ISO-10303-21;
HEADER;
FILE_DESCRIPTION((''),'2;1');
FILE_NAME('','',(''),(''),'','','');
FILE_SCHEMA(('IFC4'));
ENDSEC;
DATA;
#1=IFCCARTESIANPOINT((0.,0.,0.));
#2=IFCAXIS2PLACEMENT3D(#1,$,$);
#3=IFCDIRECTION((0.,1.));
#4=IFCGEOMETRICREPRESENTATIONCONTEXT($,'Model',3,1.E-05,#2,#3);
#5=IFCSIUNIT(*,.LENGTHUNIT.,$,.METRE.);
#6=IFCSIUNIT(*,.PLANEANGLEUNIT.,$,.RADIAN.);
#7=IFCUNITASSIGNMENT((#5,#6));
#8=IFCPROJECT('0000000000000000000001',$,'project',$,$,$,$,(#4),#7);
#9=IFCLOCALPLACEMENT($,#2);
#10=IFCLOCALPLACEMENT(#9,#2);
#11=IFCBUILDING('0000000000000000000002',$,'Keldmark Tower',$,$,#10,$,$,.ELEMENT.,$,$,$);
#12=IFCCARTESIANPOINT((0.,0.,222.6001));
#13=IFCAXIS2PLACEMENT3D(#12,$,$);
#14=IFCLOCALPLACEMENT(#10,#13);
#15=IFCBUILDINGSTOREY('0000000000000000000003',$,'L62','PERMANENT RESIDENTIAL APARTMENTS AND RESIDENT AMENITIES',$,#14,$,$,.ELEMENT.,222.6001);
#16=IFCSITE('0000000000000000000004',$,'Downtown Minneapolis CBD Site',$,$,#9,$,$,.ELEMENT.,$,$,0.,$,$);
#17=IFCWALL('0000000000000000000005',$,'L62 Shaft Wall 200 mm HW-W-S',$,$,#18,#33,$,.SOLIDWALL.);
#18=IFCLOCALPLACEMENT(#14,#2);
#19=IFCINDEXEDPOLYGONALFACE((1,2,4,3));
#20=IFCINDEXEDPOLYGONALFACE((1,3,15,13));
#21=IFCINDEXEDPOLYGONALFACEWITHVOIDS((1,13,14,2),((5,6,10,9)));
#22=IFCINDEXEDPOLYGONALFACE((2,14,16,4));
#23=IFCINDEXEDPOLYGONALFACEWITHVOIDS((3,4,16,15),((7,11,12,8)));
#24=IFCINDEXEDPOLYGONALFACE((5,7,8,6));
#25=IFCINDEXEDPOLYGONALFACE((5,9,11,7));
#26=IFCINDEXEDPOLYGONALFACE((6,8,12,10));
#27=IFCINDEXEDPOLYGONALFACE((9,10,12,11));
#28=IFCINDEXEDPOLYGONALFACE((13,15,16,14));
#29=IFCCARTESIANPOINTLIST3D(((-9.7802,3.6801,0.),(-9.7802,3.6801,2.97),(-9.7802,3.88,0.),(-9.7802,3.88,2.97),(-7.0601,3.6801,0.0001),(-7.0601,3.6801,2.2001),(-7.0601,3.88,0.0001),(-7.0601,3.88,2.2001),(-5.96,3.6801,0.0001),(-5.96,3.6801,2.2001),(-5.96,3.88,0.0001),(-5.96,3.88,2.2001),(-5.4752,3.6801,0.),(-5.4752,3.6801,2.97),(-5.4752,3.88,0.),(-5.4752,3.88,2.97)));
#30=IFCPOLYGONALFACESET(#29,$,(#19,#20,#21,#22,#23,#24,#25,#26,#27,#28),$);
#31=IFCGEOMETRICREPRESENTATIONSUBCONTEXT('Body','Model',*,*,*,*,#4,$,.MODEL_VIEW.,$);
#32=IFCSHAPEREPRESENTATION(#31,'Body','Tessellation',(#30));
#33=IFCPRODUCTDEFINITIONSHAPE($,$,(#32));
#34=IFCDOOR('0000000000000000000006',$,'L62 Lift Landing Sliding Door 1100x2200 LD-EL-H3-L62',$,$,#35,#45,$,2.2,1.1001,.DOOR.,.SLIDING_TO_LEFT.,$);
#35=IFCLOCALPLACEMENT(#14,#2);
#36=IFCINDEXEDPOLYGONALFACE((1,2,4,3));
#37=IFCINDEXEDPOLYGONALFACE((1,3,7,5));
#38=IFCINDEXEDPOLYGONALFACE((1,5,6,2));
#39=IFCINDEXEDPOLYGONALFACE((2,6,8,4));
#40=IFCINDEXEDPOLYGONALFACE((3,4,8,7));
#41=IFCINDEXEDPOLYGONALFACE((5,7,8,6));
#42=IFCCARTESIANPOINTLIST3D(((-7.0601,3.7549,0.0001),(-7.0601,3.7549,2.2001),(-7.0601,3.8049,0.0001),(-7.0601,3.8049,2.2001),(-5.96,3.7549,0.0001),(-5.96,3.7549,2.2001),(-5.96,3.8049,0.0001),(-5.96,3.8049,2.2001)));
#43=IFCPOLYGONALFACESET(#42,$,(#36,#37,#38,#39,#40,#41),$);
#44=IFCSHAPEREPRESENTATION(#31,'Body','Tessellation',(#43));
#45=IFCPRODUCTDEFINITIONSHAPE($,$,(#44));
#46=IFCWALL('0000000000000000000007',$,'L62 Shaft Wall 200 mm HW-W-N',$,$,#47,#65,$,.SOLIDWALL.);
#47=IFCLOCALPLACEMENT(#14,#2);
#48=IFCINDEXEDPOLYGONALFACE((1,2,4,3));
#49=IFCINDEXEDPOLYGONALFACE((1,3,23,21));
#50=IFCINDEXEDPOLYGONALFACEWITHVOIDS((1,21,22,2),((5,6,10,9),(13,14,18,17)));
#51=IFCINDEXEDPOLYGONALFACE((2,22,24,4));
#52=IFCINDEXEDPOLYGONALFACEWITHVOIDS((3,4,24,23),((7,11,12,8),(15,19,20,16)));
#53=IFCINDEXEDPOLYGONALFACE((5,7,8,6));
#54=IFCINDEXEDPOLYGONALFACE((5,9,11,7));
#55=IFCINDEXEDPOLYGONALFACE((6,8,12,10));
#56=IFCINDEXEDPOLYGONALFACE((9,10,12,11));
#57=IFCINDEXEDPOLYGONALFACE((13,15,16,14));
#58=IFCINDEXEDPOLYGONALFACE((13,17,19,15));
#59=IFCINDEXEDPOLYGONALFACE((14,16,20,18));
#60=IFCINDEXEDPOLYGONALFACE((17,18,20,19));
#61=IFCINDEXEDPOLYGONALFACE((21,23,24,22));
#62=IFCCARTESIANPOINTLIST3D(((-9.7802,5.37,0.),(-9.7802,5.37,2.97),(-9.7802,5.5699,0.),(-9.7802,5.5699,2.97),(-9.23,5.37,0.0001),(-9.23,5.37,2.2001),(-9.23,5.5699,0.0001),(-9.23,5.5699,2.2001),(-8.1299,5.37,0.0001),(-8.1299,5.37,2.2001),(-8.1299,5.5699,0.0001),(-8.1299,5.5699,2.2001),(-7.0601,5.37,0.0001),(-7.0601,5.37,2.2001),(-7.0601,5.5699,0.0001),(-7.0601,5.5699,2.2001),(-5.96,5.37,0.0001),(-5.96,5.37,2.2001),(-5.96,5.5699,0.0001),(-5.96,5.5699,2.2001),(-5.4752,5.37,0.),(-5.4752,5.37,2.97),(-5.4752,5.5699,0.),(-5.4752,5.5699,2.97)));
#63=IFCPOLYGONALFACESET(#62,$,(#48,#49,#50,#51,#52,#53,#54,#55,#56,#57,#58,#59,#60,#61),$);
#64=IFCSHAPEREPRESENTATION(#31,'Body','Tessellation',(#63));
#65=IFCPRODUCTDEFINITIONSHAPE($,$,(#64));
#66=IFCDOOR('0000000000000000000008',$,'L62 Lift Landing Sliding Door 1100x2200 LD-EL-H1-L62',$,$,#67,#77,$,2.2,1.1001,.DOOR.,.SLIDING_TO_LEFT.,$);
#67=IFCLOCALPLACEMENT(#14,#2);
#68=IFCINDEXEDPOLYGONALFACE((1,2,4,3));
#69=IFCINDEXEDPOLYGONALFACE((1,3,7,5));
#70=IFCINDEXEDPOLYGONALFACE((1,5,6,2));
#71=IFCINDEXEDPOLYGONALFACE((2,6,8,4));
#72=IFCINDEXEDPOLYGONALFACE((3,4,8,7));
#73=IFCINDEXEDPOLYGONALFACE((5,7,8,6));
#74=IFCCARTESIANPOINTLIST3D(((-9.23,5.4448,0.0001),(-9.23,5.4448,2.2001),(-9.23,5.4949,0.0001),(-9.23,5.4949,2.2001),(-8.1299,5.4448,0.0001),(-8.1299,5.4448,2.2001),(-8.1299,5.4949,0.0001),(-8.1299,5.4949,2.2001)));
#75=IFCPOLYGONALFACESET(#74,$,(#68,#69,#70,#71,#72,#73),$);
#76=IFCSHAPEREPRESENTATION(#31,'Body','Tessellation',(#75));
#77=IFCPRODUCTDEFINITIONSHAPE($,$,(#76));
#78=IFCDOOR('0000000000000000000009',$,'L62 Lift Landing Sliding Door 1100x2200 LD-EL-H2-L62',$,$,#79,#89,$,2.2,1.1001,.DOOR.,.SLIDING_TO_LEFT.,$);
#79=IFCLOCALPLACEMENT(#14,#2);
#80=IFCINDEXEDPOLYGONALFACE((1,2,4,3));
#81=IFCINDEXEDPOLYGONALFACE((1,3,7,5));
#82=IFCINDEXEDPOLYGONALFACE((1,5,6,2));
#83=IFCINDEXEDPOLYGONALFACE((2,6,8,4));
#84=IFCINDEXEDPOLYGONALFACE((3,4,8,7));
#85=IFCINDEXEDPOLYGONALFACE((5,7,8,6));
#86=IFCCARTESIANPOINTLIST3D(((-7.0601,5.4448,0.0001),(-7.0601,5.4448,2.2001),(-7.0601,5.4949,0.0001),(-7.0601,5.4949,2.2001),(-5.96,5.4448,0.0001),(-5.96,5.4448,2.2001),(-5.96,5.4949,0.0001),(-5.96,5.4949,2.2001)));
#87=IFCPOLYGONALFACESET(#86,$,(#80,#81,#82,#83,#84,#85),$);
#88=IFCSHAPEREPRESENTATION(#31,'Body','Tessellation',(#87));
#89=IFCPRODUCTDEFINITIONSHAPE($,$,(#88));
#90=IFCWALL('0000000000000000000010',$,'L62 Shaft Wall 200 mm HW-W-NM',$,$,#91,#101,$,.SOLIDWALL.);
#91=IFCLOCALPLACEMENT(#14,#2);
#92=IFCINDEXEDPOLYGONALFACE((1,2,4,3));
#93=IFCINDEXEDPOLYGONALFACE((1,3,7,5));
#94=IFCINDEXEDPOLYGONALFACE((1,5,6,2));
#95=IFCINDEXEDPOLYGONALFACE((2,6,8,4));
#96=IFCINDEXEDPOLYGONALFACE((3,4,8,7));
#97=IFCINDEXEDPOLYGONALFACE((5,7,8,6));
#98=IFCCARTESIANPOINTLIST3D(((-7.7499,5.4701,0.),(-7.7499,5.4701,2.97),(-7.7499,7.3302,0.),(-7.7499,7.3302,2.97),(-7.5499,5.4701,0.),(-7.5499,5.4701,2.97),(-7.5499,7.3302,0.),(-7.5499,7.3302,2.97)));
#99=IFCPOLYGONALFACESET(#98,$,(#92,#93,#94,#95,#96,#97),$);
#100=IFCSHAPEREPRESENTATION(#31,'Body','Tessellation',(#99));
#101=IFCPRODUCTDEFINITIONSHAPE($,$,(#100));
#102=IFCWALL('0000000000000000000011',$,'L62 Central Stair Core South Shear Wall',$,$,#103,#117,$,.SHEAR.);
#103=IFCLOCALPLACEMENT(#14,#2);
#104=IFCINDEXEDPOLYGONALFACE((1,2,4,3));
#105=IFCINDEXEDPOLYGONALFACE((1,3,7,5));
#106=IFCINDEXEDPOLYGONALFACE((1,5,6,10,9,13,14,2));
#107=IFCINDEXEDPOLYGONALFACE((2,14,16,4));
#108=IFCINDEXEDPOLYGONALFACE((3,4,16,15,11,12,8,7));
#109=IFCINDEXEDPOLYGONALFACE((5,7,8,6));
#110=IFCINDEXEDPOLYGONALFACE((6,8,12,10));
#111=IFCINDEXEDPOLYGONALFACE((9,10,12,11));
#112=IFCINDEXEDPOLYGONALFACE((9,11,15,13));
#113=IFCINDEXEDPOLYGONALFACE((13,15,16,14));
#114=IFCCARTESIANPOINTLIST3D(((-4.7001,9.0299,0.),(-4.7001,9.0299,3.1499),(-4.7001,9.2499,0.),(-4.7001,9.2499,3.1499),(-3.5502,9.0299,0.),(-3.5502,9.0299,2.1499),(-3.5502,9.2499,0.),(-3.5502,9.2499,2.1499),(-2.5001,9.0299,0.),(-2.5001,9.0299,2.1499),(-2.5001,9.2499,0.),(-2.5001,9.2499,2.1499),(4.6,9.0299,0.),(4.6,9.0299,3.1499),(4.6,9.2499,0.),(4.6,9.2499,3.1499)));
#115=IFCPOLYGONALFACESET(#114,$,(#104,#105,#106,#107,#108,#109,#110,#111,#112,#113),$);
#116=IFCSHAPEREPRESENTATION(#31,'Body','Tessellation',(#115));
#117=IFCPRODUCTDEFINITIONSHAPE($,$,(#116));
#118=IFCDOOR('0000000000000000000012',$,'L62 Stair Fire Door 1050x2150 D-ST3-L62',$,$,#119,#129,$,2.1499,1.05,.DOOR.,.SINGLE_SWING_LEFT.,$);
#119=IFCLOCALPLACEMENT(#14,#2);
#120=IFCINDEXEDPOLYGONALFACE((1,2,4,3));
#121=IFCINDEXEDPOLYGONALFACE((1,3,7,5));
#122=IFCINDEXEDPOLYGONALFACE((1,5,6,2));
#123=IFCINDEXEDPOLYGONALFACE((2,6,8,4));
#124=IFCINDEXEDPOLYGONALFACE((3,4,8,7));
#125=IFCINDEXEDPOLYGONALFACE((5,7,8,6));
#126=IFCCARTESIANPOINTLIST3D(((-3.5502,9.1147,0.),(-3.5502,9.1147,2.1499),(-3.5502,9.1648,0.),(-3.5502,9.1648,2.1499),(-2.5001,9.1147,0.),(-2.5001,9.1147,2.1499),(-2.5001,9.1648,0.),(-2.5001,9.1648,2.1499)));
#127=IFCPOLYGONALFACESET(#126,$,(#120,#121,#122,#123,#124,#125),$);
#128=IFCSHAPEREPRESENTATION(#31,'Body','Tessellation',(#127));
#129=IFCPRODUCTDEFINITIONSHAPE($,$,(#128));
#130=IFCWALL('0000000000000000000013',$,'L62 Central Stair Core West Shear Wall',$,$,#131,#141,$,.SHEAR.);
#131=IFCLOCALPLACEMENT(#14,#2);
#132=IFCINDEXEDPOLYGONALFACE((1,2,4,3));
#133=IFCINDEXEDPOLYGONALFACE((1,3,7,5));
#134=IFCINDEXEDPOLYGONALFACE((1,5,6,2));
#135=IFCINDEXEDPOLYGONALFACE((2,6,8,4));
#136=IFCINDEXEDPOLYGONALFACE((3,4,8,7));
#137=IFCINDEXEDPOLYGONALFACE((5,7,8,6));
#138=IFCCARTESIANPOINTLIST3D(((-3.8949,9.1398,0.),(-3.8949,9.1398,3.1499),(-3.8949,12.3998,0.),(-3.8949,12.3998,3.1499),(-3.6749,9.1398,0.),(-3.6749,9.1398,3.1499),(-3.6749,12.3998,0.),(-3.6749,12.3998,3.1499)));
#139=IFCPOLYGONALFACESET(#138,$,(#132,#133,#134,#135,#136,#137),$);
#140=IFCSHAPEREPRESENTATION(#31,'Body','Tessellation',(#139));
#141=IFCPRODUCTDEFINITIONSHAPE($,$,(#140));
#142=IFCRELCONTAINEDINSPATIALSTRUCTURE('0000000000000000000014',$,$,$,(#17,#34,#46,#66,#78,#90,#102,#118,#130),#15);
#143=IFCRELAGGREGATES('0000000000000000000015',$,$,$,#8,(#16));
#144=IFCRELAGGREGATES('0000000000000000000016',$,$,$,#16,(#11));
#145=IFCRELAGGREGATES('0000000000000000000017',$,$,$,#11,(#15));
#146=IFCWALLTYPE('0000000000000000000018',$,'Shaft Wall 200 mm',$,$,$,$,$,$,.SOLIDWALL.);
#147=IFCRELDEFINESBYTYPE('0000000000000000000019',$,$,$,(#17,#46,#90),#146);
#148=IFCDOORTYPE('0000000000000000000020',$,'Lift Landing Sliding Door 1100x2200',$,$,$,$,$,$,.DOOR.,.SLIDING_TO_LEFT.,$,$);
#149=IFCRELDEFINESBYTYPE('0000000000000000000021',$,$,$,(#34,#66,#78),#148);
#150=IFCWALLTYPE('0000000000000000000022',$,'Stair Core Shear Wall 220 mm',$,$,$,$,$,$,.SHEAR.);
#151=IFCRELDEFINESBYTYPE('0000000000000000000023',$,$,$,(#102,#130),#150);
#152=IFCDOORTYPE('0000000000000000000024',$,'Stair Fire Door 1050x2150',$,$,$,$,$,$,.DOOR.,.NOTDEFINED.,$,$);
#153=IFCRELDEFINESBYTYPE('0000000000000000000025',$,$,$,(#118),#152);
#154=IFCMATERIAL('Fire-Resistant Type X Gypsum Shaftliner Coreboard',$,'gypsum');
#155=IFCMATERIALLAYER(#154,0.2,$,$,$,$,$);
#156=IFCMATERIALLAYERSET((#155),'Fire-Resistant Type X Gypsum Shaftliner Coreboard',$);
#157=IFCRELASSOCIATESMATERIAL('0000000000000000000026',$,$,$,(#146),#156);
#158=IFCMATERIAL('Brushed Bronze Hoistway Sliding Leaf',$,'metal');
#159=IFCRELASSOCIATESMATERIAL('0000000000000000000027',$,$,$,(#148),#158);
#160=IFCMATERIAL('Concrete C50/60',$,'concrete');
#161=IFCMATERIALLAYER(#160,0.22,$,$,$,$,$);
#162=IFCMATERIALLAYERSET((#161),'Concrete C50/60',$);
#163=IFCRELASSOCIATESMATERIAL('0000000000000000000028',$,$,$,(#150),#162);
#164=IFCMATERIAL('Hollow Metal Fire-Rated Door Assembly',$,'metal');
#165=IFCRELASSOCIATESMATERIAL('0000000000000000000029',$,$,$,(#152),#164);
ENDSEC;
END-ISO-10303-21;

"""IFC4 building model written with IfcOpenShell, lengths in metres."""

from ifc_helpers import new_model, si_unit, direction, frame, frame_2d, origin, place, context, subcontext, project, spatial, rectangle, extrude, material, layer, layer_set, type_object, element, fill, save


model = new_model("IFC4")

# Units and contexts
model_context = context("Model", 3, precision=1e-05, world=origin(), true_north=direction((0.0, 1.0)))
body_context = subcontext(model_context, "Body", "Model", "MODEL_VIEW")
ifc_project = project(units=[si_unit("LENGTHUNIT", "METRE"), si_unit("PLANEANGLEUNIT", "RADIAN")], contexts=[model_context])

# Site, building, storey
site_placement = place(None, origin())
site = spatial("IfcSite", under=ifc_project, at=site_placement, Name="Downtown Minneapolis CBD Site", CompositionType="ELEMENT", RefElevation=0.0)
building_placement = place(site_placement, origin())
building = spatial("IfcBuilding", under=site, at=building_placement, Name="Keldmark Tower", CompositionType="ELEMENT")
storey_placement = place(building_placement, frame((0.0, 0.0, 222.6001)))
storey = spatial("IfcBuildingStorey", under=building, at=storey_placement, Name="L62", Description="PERMANENT RESIDENTIAL APARTMENTS AND RESIDENT AMENITIES", CompositionType="ELEMENT", Elevation=222.6001)

# Wall, opening, door
ifc_material_1 = material(Name="Fire-Resistant Type X Gypsum Shaftliner Coreboard", Category="gypsum")
ifc_layer_1 = layer(ifc_material_1, 0.2)
ifc_layer_set_1 = layer_set([ifc_layer_1], Name="Fire-Resistant Type X Gypsum Shaftliner Coreboard")
wall_type_1 = type_object("IfcWallType", Name="Shaft Wall 200 mm", PredefinedType="SOLIDWALL", material=ifc_layer_set_1)
wall_1_placement = place(storey_placement, frame((-9.78, 3.78, 0.0), z_axis=(0.0, 0.0, 1.0), x_axis=(1.0, 0.0, 0.0)))
wall_1 = element("IfcWall", 1, at=wall_1_placement, inside=storey, type_object=wall_type_1, Name="L62 Shaft Wall 200 mm HW-W-S", PredefinedType="SOLIDWALL", context=body_context, shape_type="SweptSolid", body=[
    extrude(rectangle(XDim=4.3049, YDim=0.2, at=frame_2d((2.1523, 0.0))), origin(), (0.0, 0.0, 1.0), 2.97),
])
opening_1_placement = place(wall_1_placement, frame((2.72, 0.0, 0.0)))
opening_1 = element("IfcOpeningElement", 2, at=opening_1_placement, cuts=wall_1, PredefinedType="OPENING", context=body_context, shape_type="SweptSolid", body=[
    extrude(rectangle(XDim=1.1001, YDim=2.2, at=frame_2d((0.55, 1.1001))), frame((0.0, 0.1099, 0.0), z_axis=(0.0, -1.0, 0.0), x_axis=(1.0, 0.0, 0.0)), (0.0, 0.0, 1.0), 0.22),
])
ifc_material_2 = material(Name="Brushed Bronze Hoistway Sliding Leaf", Category="metal")
door_type_1 = type_object("IfcDoorType", Name="Lift Landing Sliding Door 1100x2200", OperationType="SLIDING_TO_LEFT", PredefinedType="DOOR", material=ifc_material_2)
door_1_placement = place(opening_1_placement, origin())
door_1 = element("IfcDoor", 3, at=door_1_placement, inside=storey, type_object=door_type_1, Name="L62 Lift Landing Sliding Door 1100x2200 LD-EL-H3-L62", OperationType="SLIDING_TO_LEFT", OverallHeight=2.2, OverallWidth=1.1001, PredefinedType="DOOR", context=body_context, shape_type="SweptSolid", body=[
    extrude(rectangle(XDim=1.1001, YDim=2.2, at=frame_2d((0.55, 1.1001))), frame((0.0, 0.0249, 0.0), z_axis=(0.0, -1.0, 0.0), x_axis=(1.0, 0.0, 0.0)), (0.0, 0.0, 1.0), 0.05),
])
fill(opening_1, door_1)

# Wall, openings, doors
wall_2_placement = place(storey_placement, frame((-9.78, 5.47, 0.0), z_axis=(0.0, 0.0, 1.0), x_axis=(1.0, 0.0, 0.0)))
wall_2 = element("IfcWall", 4, at=wall_2_placement, inside=storey, type_object=wall_type_1, Name="L62 Shaft Wall 200 mm HW-W-N", PredefinedType="SOLIDWALL", context=body_context, shape_type="SweptSolid", body=[
    extrude(rectangle(XDim=4.3049, YDim=0.2, at=frame_2d((2.1523, 0.0))), origin(), (0.0, 0.0, 1.0), 2.97),
])
opening_2_placement = place(wall_2_placement, frame((0.55, 0.0, 0.0)))
opening_2 = element("IfcOpeningElement", 5, at=opening_2_placement, cuts=wall_2, PredefinedType="OPENING", context=body_context, shape_type="SweptSolid", body=[
    extrude(rectangle(XDim=1.1001, YDim=2.2, at=frame_2d((0.55, 1.1001))), frame((0.0, 0.1099, 0.0), z_axis=(0.0, -1.0, 0.0), x_axis=(1.0, 0.0, 0.0)), (0.0, 0.0, 1.0), 0.22),
])
opening_3_placement = place(wall_2_placement, frame((2.72, 0.0, 0.0)))
opening_3 = element("IfcOpeningElement", 6, at=opening_3_placement, cuts=wall_2, PredefinedType="OPENING", context=body_context, shape_type="SweptSolid", body=[
    extrude(rectangle(XDim=1.1001, YDim=2.2, at=frame_2d((0.55, 1.1001))), frame((0.0, 0.1099, 0.0), z_axis=(0.0, -1.0, 0.0), x_axis=(1.0, 0.0, 0.0)), (0.0, 0.0, 1.0), 0.22),
])
door_2_placement = place(opening_2_placement, origin())
door_2 = element("IfcDoor", 7, at=door_2_placement, inside=storey, type_object=door_type_1, Name="L62 Lift Landing Sliding Door 1100x2200 LD-EL-H1-L62", OperationType="SLIDING_TO_LEFT", OverallHeight=2.2, OverallWidth=1.1001, PredefinedType="DOOR", context=body_context, shape_type="SweptSolid", body=[
    extrude(rectangle(XDim=1.1001, YDim=2.2, at=frame_2d((0.55, 1.1001))), frame((0.0, 0.0249, 0.0), z_axis=(0.0, -1.0, 0.0), x_axis=(1.0, 0.0, 0.0)), (0.0, 0.0, 1.0), 0.05),
])
fill(opening_2, door_2)
door_3_placement = place(opening_3_placement, origin())
door_3 = element("IfcDoor", 8, at=door_3_placement, inside=storey, type_object=door_type_1, Name="L62 Lift Landing Sliding Door 1100x2200 LD-EL-H2-L62", OperationType="SLIDING_TO_LEFT", OverallHeight=2.2, OverallWidth=1.1001, PredefinedType="DOOR", context=body_context, shape_type="SweptSolid", body=[
    extrude(rectangle(XDim=1.1001, YDim=2.2, at=frame_2d((0.55, 1.1001))), frame((0.0, 0.0249, 0.0), z_axis=(0.0, -1.0, 0.0), x_axis=(1.0, 0.0, 0.0)), (0.0, 0.0, 1.0), 0.05),
])
fill(opening_3, door_3)

# Wall
wall_3_placement = place(storey_placement, frame((-7.6499, 5.47, 0.0), z_axis=(0.0, 0.0, 1.0), x_axis=(0.0, 1.0, 0.0)))
element("IfcWall", 9, at=wall_3_placement, inside=storey, type_object=wall_type_1, Name="L62 Shaft Wall 200 mm HW-W-NM", PredefinedType="SOLIDWALL", context=body_context, shape_type="SweptSolid", body=[
    extrude(rectangle(XDim=1.8601, YDim=0.2, at=frame_2d((0.9302, 0.0))), origin(), (0.0, 0.0, 1.0), 2.97),
])

# Wall, opening, door
ifc_material_3 = material(Name="Concrete C50/60", Category="concrete")
ifc_layer_2 = layer(ifc_material_3, 0.22)
ifc_layer_set_2 = layer_set([ifc_layer_2], Name="Concrete C50/60")
wall_type_2 = type_object("IfcWallType", Name="Stair Core Shear Wall 220 mm", PredefinedType="SHEAR", material=ifc_layer_set_2)
wall_4_placement = place(storey_placement, frame((-4.7, 9.1399, 0.0), z_axis=(0.0, 0.0, 1.0), x_axis=(1.0, 0.0, 0.0)))
wall_4 = element("IfcWall", 10, at=wall_4_placement, inside=storey, type_object=wall_type_2, Name="L62 Central Stair Core South Shear Wall", PredefinedType="SHEAR", context=body_context, shape_type="SweptSolid", body=[
    extrude(rectangle(XDim=9.3, YDim=0.22, at=frame_2d((4.6499, 0.0))), origin(), (0.0, 0.0, 1.0), 3.1499),
])
opening_4_placement = place(wall_4_placement, frame((1.1499, 0.0, 0.0)))
opening_4 = element("IfcOpeningElement", 11, at=opening_4_placement, cuts=wall_4, PredefinedType="OPENING", context=body_context, shape_type="SweptSolid", body=[
    extrude(rectangle(XDim=1.05, YDim=2.1499, at=frame_2d((0.5249, 1.075))), frame((0.0, 0.1199, 0.0), z_axis=(0.0, -1.0, 0.0), x_axis=(1.0, 0.0, 0.0)), (0.0, 0.0, 1.0), 0.24),
])
ifc_material_4 = material(Name="Hollow Metal Fire-Rated Door Assembly", Category="metal")
door_type_2 = type_object("IfcDoorType", Name="Stair Fire Door 1050x2150", OperationType="NOTDEFINED", PredefinedType="DOOR", material=ifc_material_4)
door_4_placement = place(opening_4_placement, origin())
door_4 = element("IfcDoor", 12, at=door_4_placement, inside=storey, type_object=door_type_2, Name="L62 Stair Fire Door 1050x2150 D-ST3-L62", OperationType="SINGLE_SWING_LEFT", OverallHeight=2.1499, OverallWidth=1.05, PredefinedType="DOOR", context=body_context, shape_type="SweptSolid", body=[
    extrude(rectangle(XDim=1.05, YDim=2.1499, at=frame_2d((0.5249, 1.075))), frame((0.0, 0.0249, 0.0), z_axis=(0.0, -1.0, 0.0), x_axis=(1.0, 0.0, 0.0)), (0.0, 0.0, 1.0), 0.05),
])
fill(opening_4, door_4)

# Wall
wall_5_placement = place(storey_placement, frame((-3.7849, 9.1399, 0.0), z_axis=(0.0, 0.0, 1.0), x_axis=(0.0, 1.0, 0.0)))
element("IfcWall", 13, at=wall_5_placement, inside=storey, type_object=wall_type_2, Name="L62 Central Stair Core West Shear Wall", PredefinedType="SHEAR", context=body_context, shape_type="SweptSolid", body=[
    extrude(rectangle(XDim=3.26, YDim=0.22, at=frame_2d((1.6299, 0.0))), origin(), (0.0, 0.0, 1.0), 3.1499),
])

save(model, "model.ifc")
